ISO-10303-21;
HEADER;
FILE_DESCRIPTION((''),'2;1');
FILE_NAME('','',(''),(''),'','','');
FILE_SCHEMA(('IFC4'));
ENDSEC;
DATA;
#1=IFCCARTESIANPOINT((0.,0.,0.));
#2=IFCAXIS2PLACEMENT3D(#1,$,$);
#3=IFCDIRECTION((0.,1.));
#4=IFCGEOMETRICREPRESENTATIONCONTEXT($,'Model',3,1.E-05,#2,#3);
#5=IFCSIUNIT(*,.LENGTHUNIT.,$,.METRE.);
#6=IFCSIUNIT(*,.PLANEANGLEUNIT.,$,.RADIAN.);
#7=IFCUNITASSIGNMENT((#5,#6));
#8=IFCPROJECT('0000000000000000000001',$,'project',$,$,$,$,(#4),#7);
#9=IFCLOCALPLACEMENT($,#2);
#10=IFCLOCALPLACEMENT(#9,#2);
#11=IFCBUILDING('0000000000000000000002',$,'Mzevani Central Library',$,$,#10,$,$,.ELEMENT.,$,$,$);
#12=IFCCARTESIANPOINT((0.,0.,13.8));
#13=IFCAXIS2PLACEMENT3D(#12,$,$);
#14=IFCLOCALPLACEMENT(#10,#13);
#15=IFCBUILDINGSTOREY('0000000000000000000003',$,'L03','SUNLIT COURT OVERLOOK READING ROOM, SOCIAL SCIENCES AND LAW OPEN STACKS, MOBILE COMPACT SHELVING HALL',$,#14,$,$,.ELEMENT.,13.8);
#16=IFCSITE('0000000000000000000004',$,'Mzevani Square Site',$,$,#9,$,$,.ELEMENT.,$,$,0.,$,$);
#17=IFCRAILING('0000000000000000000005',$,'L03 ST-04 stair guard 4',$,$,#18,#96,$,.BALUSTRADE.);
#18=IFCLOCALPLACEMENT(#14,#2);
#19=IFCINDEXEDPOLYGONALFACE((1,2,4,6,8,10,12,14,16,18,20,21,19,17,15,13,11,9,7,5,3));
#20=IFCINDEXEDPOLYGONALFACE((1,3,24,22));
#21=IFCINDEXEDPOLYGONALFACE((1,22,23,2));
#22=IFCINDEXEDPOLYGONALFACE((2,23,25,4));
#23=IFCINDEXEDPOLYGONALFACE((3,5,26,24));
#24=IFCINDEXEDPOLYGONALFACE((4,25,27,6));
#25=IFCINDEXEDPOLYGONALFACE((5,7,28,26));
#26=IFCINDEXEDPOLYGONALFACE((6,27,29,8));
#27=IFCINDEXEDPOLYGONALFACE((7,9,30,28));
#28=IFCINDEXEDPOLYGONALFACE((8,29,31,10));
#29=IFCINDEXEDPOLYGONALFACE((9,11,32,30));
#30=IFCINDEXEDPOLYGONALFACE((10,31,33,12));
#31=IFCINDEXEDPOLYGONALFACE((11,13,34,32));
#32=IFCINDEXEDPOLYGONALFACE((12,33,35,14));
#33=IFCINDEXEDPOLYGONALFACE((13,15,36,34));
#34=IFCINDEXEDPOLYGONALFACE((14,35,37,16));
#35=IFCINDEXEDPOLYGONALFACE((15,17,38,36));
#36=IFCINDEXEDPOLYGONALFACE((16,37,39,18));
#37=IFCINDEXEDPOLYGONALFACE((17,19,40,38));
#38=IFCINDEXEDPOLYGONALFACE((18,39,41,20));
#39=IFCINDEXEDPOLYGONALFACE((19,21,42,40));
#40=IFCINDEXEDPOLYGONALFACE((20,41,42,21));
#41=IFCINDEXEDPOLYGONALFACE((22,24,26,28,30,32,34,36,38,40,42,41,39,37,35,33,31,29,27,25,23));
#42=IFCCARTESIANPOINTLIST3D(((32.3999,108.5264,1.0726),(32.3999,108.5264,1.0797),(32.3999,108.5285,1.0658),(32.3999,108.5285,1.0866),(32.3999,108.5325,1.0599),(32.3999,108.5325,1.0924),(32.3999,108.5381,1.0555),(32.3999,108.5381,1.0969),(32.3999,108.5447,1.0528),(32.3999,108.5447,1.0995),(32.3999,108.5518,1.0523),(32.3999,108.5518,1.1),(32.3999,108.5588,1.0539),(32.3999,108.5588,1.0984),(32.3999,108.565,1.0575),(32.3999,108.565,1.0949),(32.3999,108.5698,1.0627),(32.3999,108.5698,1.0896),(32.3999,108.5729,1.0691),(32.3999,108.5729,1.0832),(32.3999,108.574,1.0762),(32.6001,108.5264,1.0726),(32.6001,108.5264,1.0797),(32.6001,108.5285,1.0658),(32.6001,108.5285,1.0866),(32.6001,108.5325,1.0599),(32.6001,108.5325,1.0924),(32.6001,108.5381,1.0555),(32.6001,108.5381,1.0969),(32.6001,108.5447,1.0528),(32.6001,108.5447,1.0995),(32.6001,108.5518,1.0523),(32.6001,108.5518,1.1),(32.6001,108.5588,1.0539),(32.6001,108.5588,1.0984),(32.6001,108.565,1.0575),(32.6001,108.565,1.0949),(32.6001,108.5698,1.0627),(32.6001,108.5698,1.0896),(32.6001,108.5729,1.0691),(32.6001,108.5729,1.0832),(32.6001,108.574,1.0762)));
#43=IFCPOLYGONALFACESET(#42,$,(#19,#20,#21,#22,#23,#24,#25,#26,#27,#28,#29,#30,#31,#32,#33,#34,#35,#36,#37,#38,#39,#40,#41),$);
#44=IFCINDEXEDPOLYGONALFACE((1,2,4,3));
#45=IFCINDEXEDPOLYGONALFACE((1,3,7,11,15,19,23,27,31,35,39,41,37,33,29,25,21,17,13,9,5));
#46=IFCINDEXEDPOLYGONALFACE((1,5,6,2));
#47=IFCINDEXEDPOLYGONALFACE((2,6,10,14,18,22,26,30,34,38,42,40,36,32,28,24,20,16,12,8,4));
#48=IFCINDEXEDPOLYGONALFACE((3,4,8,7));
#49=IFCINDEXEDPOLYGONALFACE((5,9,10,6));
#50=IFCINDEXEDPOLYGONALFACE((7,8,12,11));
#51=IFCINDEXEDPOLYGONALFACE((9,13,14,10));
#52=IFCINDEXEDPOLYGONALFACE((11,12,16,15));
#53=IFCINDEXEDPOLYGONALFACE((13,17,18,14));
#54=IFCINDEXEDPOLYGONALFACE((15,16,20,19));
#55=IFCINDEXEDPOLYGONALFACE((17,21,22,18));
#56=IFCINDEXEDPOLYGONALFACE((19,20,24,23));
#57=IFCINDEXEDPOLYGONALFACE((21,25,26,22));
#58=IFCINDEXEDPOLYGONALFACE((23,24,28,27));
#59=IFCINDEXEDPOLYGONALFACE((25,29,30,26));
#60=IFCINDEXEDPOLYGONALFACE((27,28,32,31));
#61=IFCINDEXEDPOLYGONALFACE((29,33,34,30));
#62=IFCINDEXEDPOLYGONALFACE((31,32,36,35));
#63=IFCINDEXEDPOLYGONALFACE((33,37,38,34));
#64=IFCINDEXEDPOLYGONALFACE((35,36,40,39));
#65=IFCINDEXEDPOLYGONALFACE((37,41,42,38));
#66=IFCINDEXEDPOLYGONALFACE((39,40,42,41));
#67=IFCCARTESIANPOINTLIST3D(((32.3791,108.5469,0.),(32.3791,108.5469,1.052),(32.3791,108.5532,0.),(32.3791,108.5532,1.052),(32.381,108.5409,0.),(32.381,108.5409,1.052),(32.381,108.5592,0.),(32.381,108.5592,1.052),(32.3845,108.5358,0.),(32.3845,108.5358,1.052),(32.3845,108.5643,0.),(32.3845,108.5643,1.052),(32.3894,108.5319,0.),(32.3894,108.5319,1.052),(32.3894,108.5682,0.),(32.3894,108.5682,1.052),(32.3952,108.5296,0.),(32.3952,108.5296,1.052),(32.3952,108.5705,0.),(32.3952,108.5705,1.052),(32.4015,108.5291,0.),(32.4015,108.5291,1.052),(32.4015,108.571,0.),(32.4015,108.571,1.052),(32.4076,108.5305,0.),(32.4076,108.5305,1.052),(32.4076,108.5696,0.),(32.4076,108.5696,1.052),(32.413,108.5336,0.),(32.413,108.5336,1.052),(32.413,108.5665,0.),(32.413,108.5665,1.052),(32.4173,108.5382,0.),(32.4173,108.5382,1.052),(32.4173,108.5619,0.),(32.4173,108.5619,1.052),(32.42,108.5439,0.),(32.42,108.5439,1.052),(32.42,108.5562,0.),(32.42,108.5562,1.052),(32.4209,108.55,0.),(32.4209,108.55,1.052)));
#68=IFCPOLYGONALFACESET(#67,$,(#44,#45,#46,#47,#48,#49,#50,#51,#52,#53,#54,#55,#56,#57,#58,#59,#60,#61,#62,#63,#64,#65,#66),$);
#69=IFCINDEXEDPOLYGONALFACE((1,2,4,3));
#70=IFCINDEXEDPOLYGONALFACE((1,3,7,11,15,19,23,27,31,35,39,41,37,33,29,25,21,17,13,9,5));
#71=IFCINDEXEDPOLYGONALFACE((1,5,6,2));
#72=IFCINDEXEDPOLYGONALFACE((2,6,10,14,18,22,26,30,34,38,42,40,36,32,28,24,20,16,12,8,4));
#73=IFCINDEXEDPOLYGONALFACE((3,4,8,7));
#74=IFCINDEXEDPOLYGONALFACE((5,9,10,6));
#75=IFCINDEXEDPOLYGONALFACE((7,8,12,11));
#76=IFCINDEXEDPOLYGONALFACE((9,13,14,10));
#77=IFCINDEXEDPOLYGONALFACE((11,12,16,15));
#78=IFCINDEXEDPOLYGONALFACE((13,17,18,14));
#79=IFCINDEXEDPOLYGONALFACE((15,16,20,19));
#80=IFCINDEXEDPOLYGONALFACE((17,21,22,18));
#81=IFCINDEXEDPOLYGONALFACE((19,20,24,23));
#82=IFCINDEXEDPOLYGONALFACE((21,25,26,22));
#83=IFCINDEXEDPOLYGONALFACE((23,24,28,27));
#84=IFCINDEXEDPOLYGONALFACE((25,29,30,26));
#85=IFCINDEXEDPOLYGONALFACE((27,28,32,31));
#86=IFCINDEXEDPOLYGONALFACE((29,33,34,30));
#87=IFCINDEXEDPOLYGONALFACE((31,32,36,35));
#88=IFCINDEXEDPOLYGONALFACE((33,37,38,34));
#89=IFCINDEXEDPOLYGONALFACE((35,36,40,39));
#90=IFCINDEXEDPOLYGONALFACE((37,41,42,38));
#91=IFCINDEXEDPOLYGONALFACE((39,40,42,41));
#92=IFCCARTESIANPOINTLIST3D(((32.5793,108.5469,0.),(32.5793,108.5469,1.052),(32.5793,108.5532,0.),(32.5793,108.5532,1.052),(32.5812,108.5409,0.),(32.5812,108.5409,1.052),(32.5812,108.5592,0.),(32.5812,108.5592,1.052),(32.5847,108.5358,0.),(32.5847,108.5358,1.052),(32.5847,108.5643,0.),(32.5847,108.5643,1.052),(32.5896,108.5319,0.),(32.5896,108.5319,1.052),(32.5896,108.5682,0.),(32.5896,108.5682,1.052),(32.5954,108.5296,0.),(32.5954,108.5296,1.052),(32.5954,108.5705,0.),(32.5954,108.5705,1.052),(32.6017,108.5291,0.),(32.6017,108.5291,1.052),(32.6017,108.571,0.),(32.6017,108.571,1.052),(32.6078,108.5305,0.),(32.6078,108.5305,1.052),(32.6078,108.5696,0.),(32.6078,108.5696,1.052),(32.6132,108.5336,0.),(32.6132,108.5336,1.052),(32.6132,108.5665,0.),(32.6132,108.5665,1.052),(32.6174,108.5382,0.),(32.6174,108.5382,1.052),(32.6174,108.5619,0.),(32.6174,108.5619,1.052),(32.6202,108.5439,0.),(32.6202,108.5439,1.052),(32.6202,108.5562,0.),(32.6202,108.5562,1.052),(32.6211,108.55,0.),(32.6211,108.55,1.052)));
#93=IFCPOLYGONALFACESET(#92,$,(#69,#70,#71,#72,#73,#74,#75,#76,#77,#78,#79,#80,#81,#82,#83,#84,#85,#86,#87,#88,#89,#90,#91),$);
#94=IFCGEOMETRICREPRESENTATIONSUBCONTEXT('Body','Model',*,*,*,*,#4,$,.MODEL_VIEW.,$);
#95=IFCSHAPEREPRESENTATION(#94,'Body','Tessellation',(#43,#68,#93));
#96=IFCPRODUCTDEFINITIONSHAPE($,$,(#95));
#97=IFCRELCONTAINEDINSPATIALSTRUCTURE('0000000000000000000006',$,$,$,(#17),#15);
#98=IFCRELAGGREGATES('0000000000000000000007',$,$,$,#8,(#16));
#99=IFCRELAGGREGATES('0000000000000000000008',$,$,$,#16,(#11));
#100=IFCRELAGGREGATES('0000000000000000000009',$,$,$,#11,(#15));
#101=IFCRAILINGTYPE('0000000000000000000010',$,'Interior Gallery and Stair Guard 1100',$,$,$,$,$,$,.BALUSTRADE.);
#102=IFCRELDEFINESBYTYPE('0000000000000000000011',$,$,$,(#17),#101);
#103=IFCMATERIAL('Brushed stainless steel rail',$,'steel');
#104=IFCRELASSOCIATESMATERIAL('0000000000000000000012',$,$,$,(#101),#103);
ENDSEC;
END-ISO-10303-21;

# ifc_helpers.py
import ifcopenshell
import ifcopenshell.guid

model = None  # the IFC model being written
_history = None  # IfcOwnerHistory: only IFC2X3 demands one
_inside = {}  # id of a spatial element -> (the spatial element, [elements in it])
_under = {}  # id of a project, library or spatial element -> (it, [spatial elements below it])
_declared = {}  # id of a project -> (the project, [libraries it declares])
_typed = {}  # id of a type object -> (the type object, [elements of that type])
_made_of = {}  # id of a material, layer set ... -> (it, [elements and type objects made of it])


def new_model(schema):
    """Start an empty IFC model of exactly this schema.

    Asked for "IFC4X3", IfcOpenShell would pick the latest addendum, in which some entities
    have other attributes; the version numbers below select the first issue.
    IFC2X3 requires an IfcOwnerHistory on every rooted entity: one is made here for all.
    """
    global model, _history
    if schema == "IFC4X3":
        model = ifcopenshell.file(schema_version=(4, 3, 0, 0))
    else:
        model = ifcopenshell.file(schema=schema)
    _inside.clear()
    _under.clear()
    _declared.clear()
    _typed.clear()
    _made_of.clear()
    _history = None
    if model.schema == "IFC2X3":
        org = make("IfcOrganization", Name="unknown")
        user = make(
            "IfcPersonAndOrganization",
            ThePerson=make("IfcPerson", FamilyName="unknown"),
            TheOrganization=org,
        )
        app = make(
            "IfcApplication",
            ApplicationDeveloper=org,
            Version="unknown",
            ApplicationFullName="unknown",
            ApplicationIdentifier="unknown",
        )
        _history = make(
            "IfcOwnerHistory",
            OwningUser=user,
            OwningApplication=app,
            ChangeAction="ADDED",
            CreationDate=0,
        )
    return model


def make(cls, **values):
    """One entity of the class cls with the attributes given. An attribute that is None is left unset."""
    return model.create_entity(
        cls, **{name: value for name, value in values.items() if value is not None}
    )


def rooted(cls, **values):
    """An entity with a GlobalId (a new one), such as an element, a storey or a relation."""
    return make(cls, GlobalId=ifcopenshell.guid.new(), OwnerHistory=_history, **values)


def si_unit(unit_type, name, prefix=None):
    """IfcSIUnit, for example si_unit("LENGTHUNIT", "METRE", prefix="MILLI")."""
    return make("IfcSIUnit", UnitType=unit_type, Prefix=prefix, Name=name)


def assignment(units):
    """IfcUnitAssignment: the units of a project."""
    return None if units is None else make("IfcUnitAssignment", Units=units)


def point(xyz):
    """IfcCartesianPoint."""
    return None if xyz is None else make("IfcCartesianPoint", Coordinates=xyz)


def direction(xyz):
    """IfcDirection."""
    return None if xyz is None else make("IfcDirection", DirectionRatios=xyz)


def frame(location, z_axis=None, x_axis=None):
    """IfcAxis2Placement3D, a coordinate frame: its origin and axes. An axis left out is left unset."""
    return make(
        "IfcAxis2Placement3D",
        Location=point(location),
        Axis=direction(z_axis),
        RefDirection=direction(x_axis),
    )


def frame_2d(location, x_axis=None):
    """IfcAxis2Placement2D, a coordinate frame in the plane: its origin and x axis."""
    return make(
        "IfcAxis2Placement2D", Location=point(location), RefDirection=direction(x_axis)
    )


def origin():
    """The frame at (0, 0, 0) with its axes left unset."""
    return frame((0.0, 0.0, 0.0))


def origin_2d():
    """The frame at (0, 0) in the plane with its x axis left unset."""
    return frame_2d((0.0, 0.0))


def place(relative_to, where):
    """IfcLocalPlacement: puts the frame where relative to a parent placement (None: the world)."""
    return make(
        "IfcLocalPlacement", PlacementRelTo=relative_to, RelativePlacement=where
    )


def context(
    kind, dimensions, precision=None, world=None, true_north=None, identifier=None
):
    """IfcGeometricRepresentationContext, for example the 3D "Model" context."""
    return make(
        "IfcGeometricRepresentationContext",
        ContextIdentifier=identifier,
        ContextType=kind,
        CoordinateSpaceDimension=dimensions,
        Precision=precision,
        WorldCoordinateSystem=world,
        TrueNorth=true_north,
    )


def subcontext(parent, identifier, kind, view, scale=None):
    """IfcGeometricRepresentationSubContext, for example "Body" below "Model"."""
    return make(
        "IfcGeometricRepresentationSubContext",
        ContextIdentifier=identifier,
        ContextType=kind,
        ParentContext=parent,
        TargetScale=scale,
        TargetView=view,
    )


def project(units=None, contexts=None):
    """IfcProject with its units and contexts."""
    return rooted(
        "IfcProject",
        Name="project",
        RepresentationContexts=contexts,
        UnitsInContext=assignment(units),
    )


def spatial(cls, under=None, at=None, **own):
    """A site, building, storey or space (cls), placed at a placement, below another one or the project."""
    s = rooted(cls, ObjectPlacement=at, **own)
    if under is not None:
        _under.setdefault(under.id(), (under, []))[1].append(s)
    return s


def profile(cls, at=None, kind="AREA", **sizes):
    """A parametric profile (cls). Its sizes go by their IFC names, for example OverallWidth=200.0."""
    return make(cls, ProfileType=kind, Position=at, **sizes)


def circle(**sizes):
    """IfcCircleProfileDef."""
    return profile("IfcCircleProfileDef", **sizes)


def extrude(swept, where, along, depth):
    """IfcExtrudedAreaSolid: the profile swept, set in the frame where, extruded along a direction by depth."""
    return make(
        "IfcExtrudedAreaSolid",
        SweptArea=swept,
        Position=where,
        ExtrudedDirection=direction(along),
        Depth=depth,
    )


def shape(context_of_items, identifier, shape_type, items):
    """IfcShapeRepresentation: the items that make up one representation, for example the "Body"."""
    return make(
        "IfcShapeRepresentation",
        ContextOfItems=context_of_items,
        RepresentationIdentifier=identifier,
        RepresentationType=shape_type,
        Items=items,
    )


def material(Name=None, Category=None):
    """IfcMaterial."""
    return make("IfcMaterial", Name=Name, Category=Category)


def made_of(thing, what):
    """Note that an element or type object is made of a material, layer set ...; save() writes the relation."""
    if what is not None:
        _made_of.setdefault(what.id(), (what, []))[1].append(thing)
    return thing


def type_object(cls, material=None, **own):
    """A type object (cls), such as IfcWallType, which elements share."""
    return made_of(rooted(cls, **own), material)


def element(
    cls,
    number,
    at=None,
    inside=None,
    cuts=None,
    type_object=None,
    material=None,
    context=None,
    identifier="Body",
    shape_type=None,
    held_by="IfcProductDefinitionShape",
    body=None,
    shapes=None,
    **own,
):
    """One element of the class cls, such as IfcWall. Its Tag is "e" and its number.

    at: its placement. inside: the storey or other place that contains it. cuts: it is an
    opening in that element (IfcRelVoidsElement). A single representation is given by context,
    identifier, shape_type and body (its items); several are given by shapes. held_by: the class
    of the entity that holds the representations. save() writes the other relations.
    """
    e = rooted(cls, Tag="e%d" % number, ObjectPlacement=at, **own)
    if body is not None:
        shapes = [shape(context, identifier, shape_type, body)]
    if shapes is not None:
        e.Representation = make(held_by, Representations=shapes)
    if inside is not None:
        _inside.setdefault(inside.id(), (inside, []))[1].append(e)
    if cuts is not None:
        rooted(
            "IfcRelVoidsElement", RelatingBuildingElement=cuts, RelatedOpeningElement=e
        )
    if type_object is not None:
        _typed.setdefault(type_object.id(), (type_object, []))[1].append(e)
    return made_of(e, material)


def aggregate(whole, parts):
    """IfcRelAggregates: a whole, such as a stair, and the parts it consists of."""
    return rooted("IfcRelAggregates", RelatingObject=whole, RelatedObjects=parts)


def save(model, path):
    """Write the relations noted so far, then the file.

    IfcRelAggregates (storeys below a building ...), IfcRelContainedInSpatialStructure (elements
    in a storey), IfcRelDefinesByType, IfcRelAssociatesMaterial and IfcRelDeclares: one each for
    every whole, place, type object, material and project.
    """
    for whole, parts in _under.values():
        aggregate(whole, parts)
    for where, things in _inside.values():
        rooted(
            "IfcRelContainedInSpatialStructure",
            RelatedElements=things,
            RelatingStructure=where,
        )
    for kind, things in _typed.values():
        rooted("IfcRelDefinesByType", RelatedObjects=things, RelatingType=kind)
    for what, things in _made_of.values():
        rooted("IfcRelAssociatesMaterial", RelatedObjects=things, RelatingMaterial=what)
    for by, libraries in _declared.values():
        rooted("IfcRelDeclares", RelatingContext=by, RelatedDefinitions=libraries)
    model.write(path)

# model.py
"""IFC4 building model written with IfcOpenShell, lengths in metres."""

from ifc_helpers import new_model, si_unit, direction, frame, origin, origin_2d, place, context, subcontext, project, spatial, circle, extrude, material, type_object, element, save


model = new_model("IFC4")

# Units and contexts
model_context = context("Model", 3, precision=1e-05, world=origin(), true_north=direction((0.0, 1.0)))
body_context = subcontext(model_context, "Body", "Model", "MODEL_VIEW")
ifc_project = project(units=[si_unit("LENGTHUNIT", "METRE"), si_unit("PLANEANGLEUNIT", "RADIAN")], contexts=[model_context])

# Site, building, storey
site_placement = place(None, origin())
site = spatial("IfcSite", under=ifc_project, at=site_placement, Name="Mzevani Square Site", CompositionType="ELEMENT", RefElevation=0.0)
building_placement = place(site_placement, origin())
building = spatial("IfcBuilding", under=site, at=building_placement, Name="Mzevani Central Library", CompositionType="ELEMENT")
storey_placement = place(building_placement, frame((0.0, 0.0, 13.8)))
storey = spatial("IfcBuildingStorey", under=building, at=storey_placement, Name="L03", Description="SUNLIT COURT OVERLOOK READING ROOM, SOCIAL SCIENCES AND LAW OPEN STACKS, MOBILE COMPACT SHELVING HALL", CompositionType="ELEMENT", Elevation=13.8)

# Railing
ifc_material_1 = material(Name="Brushed stainless steel rail", Category="steel")
railing_type_1 = type_object("IfcRailingType", Name="Interior Gallery and Stair Guard 1100", PredefinedType="BALUSTRADE", material=ifc_material_1)
railing_1_placement = place(storey_placement, frame((32.3999, 108.55, 0.0)))
element("IfcRailing", 1, at=railing_1_placement, inside=storey, type_object=railing_type_1, Name="L03 ST-04 stair guard 4", PredefinedType="BALUSTRADE", context=body_context, shape_type="SweptSolid", body=[
    extrude(circle(Radius=0.0239, at=origin_2d()), frame((0.0, 0.0, 1.0762), z_axis=(1.0, 0.0, 0.0), x_axis=(0.0, 1.0, 0.0)), (0.0, 0.0, 1.0), 0.2002),
    extrude(circle(Radius=0.021, at=origin_2d()), origin(), (0.0, 0.0, 1.0), 1.052),
    extrude(circle(Radius=0.021, at=origin_2d()), frame((0.2002, 0.0, 0.0)), (0.0, 0.0, 1.0), 1.052),
])

save(model, "model.ifc")
